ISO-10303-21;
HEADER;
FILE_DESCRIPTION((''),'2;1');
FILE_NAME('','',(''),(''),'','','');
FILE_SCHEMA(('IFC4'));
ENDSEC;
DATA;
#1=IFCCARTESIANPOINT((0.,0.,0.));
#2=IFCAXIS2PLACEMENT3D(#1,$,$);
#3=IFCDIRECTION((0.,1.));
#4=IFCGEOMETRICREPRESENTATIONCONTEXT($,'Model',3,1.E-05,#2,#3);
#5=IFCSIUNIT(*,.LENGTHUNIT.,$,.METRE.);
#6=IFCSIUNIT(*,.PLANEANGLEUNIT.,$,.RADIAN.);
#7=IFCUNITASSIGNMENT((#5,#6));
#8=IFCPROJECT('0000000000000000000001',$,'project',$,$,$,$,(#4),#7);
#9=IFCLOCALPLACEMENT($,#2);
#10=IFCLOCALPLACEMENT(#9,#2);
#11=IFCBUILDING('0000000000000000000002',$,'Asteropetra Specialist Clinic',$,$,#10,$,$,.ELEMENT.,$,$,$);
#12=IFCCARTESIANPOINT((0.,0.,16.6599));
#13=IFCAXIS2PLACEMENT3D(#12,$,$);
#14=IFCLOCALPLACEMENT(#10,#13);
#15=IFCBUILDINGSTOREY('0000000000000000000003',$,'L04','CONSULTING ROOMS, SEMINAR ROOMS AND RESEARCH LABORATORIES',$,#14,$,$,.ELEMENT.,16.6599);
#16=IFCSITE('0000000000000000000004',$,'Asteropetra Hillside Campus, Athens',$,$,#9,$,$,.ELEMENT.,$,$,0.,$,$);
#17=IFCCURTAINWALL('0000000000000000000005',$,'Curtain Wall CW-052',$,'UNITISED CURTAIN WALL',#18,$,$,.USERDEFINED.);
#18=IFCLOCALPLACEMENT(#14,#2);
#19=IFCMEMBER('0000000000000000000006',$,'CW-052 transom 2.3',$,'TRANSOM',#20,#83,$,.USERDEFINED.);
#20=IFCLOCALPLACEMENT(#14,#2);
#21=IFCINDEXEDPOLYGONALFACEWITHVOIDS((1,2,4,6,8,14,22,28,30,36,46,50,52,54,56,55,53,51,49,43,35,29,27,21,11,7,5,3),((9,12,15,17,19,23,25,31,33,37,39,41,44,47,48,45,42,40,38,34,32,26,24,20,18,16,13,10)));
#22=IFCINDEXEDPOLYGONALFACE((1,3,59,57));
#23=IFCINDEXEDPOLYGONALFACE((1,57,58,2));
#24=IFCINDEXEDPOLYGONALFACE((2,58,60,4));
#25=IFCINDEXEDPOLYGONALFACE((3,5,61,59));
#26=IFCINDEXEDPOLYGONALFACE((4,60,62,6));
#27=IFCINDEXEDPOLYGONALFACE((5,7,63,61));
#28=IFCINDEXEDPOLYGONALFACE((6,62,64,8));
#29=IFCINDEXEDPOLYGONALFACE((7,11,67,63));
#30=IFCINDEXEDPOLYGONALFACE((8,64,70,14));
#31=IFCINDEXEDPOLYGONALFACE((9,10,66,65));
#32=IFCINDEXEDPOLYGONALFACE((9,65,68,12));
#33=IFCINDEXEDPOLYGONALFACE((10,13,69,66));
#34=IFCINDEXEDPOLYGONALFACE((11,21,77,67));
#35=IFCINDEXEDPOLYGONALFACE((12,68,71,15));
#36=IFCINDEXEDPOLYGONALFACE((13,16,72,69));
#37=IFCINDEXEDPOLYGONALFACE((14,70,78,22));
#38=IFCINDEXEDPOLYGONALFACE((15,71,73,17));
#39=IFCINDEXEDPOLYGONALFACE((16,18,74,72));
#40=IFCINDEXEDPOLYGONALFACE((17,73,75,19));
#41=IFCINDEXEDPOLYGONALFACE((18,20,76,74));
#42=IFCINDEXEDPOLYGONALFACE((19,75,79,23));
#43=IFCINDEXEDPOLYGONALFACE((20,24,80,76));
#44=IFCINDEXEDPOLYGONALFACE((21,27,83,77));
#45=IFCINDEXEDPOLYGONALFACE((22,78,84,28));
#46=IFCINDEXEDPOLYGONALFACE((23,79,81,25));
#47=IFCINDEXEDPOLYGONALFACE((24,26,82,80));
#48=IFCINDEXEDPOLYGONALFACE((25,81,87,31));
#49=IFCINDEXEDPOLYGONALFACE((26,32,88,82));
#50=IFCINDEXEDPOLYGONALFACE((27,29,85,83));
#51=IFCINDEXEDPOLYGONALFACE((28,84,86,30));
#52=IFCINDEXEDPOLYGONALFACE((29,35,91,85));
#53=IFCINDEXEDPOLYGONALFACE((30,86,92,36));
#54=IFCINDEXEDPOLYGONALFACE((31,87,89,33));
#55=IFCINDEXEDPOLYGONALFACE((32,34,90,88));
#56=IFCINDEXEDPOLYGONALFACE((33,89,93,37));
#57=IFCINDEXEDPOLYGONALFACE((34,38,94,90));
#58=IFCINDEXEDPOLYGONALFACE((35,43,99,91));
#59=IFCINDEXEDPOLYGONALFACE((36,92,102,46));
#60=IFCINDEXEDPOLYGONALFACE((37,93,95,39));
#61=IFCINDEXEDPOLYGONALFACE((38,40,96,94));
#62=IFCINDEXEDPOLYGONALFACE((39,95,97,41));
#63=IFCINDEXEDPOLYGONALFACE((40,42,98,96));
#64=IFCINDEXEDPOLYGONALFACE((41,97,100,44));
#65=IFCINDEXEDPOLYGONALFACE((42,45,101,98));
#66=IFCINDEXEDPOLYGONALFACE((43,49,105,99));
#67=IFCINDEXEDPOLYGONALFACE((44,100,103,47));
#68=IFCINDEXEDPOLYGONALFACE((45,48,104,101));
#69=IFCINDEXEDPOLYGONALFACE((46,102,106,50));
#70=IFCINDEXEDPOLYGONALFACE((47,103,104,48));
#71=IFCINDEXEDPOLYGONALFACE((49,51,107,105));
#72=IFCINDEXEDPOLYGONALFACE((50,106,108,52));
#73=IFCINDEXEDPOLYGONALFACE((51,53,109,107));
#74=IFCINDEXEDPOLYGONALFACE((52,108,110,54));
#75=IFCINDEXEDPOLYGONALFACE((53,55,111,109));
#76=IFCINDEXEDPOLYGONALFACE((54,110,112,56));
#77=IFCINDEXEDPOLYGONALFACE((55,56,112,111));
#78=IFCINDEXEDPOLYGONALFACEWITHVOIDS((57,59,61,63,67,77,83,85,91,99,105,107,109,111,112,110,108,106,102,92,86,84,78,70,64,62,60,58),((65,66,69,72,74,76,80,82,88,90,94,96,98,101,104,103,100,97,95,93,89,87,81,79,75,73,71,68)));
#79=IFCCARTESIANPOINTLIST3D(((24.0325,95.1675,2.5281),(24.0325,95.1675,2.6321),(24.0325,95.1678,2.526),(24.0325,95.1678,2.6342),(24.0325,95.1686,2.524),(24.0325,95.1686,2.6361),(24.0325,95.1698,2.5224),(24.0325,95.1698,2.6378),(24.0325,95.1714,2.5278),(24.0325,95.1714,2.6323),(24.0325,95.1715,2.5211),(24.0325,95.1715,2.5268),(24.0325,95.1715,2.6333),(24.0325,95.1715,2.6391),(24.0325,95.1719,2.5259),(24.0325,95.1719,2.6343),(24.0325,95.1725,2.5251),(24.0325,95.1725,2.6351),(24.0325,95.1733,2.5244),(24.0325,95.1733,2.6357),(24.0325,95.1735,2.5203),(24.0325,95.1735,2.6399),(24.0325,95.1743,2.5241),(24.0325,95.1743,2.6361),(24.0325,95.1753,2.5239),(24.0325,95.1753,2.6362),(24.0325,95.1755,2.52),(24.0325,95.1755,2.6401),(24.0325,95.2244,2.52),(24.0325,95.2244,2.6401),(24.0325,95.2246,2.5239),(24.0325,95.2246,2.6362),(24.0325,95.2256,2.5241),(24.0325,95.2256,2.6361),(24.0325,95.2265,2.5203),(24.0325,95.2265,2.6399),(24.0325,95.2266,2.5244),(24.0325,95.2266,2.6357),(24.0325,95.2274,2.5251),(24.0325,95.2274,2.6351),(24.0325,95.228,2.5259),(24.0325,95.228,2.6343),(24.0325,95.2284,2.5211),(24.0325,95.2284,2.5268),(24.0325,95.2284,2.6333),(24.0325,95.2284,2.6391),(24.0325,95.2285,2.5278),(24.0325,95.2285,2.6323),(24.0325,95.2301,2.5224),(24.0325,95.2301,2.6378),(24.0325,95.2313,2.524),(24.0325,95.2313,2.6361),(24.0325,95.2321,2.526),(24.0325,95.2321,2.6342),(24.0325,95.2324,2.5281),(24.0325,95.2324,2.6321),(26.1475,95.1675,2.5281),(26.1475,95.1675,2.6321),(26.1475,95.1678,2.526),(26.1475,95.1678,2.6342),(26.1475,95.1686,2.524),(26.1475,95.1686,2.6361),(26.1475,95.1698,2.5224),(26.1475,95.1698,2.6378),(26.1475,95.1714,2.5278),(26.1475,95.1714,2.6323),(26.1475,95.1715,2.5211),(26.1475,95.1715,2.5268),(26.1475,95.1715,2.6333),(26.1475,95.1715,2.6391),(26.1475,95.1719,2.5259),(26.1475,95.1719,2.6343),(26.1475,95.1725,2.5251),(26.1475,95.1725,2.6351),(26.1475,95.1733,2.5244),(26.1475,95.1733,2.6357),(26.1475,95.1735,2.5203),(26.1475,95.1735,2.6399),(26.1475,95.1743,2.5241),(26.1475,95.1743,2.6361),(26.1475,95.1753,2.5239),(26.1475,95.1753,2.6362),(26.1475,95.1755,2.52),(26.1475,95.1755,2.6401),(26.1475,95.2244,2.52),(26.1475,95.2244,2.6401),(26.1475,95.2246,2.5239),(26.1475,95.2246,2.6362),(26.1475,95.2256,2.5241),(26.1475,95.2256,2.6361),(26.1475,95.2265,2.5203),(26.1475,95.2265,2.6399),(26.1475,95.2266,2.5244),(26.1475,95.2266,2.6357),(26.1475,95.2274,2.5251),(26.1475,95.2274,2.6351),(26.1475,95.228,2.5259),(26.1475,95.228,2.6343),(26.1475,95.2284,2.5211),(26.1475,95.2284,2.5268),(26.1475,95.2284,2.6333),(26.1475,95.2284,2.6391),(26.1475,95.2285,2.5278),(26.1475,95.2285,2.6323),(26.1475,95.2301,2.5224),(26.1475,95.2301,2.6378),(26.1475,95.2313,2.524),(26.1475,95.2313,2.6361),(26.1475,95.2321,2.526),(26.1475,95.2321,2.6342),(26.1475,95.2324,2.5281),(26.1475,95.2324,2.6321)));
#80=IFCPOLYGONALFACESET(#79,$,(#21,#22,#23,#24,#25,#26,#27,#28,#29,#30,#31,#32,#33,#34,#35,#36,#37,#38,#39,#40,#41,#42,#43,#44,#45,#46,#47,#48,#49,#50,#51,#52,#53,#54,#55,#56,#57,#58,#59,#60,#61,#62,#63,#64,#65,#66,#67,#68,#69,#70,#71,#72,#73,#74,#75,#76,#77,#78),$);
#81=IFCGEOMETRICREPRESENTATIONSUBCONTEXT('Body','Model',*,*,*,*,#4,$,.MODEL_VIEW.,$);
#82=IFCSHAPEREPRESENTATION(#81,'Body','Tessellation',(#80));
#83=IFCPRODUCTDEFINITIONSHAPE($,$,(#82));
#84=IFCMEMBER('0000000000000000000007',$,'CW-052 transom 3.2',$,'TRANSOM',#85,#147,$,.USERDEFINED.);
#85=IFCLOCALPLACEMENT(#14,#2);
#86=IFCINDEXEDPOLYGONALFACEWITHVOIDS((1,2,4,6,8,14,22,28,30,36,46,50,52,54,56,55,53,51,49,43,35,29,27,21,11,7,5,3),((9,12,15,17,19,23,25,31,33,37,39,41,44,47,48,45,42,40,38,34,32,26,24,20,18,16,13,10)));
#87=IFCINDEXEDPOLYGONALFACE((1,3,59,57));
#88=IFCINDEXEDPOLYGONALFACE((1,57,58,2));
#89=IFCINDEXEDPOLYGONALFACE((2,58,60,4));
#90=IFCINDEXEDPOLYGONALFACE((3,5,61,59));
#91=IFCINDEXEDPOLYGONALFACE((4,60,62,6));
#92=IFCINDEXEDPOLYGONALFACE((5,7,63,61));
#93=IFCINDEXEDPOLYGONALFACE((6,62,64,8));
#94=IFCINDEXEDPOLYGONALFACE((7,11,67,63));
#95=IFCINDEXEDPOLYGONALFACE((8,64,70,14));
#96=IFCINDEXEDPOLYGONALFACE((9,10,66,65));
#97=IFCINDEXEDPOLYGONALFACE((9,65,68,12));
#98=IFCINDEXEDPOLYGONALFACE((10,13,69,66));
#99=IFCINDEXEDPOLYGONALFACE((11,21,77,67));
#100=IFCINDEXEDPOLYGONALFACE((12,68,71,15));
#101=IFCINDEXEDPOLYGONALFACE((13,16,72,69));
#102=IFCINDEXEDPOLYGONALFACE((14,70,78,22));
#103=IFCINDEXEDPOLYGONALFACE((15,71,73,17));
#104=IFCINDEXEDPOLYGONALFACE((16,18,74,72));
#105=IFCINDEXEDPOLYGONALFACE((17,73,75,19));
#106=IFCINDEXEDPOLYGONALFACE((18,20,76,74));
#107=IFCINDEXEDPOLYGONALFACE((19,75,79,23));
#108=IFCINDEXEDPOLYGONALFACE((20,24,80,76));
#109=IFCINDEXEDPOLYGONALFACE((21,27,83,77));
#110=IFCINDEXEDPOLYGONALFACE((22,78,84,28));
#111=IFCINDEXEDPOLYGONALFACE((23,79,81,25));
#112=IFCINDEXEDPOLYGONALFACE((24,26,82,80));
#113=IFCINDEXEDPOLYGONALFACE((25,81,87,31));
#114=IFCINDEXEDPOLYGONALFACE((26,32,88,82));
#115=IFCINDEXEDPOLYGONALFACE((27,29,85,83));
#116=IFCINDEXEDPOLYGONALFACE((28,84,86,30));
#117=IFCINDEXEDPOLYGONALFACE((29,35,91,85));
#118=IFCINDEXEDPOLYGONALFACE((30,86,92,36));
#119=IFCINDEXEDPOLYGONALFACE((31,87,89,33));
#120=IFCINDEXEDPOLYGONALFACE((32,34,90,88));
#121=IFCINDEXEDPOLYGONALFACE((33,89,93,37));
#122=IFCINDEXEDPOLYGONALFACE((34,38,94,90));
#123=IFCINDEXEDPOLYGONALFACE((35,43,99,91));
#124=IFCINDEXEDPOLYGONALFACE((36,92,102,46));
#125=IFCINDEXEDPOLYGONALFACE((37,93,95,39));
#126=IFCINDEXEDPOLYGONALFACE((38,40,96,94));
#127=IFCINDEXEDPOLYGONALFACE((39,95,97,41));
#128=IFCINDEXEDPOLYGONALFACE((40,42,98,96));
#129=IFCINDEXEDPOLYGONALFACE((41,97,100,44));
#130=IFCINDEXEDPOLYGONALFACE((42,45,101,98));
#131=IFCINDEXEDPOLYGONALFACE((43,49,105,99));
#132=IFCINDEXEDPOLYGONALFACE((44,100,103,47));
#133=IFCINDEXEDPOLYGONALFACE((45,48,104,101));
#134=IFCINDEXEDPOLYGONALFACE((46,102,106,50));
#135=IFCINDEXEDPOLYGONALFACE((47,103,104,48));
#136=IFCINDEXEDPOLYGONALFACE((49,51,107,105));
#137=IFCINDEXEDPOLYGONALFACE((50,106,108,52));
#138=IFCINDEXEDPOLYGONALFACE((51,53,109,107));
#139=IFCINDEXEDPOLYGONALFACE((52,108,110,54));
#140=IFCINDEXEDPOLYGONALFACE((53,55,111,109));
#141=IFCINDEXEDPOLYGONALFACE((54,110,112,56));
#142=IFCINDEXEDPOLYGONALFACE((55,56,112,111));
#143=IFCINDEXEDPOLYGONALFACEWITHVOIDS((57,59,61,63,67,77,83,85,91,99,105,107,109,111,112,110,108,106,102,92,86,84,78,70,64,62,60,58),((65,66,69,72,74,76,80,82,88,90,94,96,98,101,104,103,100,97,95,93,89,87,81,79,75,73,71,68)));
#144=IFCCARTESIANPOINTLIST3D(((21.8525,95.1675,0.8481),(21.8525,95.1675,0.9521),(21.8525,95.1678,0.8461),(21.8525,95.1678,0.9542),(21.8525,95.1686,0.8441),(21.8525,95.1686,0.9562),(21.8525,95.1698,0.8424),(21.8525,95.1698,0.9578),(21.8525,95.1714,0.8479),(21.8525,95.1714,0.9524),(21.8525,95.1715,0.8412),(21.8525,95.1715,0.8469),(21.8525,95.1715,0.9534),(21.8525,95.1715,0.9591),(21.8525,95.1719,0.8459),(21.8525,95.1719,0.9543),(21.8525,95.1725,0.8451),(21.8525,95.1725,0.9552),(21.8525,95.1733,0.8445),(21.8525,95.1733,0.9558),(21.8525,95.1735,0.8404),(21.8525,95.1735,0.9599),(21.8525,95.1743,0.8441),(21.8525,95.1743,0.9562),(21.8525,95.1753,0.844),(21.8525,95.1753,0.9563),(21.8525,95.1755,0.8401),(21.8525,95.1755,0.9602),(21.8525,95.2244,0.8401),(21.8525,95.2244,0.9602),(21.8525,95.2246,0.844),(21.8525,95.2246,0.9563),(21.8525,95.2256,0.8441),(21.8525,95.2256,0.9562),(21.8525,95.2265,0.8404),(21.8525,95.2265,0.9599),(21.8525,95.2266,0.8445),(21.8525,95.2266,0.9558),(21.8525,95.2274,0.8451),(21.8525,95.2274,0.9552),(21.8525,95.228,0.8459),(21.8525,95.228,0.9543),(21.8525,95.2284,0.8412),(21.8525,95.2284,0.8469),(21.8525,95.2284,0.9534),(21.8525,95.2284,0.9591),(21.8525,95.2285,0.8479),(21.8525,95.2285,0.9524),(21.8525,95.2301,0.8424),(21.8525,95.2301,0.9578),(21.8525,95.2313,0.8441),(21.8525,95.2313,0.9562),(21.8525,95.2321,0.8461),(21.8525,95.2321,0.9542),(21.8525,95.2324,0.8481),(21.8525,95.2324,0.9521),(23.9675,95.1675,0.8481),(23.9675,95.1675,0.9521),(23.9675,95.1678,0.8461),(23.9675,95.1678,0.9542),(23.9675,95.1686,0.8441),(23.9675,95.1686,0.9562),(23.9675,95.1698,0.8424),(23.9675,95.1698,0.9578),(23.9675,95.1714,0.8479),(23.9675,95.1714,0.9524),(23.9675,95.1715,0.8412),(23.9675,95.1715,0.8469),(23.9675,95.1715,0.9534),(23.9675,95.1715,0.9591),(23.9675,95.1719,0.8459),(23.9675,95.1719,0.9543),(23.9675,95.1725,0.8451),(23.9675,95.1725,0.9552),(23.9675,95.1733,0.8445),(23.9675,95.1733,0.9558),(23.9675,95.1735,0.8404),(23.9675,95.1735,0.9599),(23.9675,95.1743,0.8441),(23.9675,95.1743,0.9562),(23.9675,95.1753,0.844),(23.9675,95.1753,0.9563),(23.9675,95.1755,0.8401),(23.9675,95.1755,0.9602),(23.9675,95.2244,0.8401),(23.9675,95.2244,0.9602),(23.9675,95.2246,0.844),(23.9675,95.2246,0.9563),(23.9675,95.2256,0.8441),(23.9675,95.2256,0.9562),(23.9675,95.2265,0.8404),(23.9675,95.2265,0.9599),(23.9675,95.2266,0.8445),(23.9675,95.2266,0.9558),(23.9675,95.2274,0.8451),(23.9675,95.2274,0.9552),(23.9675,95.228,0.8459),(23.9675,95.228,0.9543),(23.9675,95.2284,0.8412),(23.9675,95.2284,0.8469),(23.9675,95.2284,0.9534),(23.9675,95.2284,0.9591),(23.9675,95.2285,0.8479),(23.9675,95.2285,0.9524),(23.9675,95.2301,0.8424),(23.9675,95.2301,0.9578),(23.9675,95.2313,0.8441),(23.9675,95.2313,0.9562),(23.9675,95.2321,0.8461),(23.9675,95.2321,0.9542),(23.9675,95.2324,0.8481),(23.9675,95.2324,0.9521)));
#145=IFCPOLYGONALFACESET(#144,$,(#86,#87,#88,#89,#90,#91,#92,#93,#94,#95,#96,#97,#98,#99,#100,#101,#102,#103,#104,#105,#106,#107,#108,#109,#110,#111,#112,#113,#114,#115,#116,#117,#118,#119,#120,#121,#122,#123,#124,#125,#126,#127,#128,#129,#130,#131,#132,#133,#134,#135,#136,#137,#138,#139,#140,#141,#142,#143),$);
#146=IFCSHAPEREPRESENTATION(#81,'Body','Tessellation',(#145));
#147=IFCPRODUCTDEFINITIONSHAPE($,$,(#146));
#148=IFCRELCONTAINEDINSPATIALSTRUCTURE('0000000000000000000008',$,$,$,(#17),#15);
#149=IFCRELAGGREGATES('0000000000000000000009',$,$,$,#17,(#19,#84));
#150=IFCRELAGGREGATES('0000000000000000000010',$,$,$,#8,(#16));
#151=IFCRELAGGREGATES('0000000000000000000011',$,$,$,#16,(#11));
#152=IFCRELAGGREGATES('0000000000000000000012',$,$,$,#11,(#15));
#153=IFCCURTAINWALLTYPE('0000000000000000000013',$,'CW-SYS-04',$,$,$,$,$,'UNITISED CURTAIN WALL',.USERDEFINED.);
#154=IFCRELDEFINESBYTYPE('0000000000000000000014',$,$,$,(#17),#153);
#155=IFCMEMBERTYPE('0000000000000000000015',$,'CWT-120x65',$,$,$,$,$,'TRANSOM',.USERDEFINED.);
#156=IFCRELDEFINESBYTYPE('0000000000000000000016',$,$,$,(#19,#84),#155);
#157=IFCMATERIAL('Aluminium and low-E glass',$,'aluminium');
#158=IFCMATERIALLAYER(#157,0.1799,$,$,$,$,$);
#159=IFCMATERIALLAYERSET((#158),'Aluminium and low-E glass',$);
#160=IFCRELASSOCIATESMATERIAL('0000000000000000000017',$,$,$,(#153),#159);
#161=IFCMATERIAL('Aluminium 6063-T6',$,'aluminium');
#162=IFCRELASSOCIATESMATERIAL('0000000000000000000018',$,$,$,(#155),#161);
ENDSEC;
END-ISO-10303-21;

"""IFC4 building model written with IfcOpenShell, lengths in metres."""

from ifc_helpers import new_model, si_unit, direction, frame, origin, origin_2d, place, context, subcontext, project, spatial, hollow_rectangle, extrude, material, layer, layer_set, material_profile, profile_set, type_object, element, aggregate, save


model = new_model("IFC4")

# Units and contexts
model_context = context("Model", 3, precision=1e-05, world=origin(), true_north=direction((0.0, 1.0)))
body_context = subcontext(model_context, "Body", "Model", "MODEL_VIEW")
ifc_project = project(units=[si_unit("LENGTHUNIT", "METRE"), si_unit("PLANEANGLEUNIT", "RADIAN")], contexts=[model_context])

# Site, building, storey
site_placement = place(None, origin())
site = spatial("IfcSite", under=ifc_project, at=site_placement, Name="Asteropetra Hillside Campus, Athens", CompositionType="ELEMENT", RefElevation=0.0)
building_placement = place(site_placement, origin())
building = spatial("IfcBuilding", under=site, at=building_placement, Name="Asteropetra Specialist Clinic", CompositionType="ELEMENT")
storey_placement = place(building_placement, frame((0.0, 0.0, 16.6599)))
storey = spatial("IfcBuildingStorey", under=building, at=storey_placement, Name="L04", Description="CONSULTING ROOMS, SEMINAR ROOMS AND RESEARCH LABORATORIES", CompositionType="ELEMENT", Elevation=16.6599)

# Curtain wall, members
ifc_material_1 = material(Name="Aluminium and low-E glass", Category="aluminium")
ifc_layer_1 = layer(ifc_material_1, 0.1799)
ifc_layer_set_1 = layer_set([ifc_layer_1], Name="Aluminium and low-E glass")
curtain_wall_type = type_object("IfcCurtainWallType", Name="CW-SYS-04", ElementType="UNITISED CURTAIN WALL", PredefinedType="USERDEFINED", material=ifc_layer_set_1)
curtain_wall_placement = place(storey_placement, origin())
curtain_wall = element("IfcCurtainWall", 1, at=curtain_wall_placement, inside=storey, type_object=curtain_wall_type, Name="Curtain Wall CW-052", ObjectType="UNITISED CURTAIN WALL", PredefinedType="USERDEFINED")
ifc_material_2 = material(Name="Aluminium 6063-T6", Category="aluminium")
ifc_material_profile_1 = material_profile(ifc_material_2, hollow_rectangle(XDim=0.0649, YDim=0.1201, WallThickness=0.0039, InnerFilletRadius=0.0039, OuterFilletRadius=0.0081, at=origin_2d()), Name="TRN 120x65x4.0")
ifc_profile_set_1 = profile_set([ifc_material_profile_1], Name="Aluminium 6063-T6")
member_type_1 = type_object("IfcMemberType", Name="CWT-120x65", ElementType="TRANSOM", PredefinedType="USERDEFINED", material=ifc_profile_set_1)
member_1_placement = place(storey_placement, frame((26.1475, 95.2, 2.5801), z_axis=(-1.0, 0.0, 0.0), x_axis=(0.0, -1.0, 0.0)))
member_1 = element("IfcMember", 2, at=member_1_placement, type_object=member_type_1, Name="CW-052 transom 2.3", ObjectType="TRANSOM", PredefinedType="USERDEFINED", context=body_context, shape_type="SweptSolid", body=[
    extrude(hollow_rectangle(XDim=0.0649, YDim=0.1201, WallThickness=0.0039, InnerFilletRadius=0.0039, OuterFilletRadius=0.0081, at=origin_2d()), origin(), (0.0, 0.0, 1.0), 2.115),
])
member_2_placement = place(storey_placement, frame((23.9675, 95.2, 0.9001), z_axis=(-1.0, 0.0, 0.0), x_axis=(0.0, -1.0, 0.0)))
member_2 = element("IfcMember", 3, at=member_2_placement, type_object=member_type_1, Name="CW-052 transom 3.2", ObjectType="TRANSOM", PredefinedType="USERDEFINED", context=body_context, shape_type="SweptSolid", body=[
    extrude(hollow_rectangle(XDim=0.0649, YDim=0.1201, WallThickness=0.0039, InnerFilletRadius=0.0039, OuterFilletRadius=0.0081, at=origin_2d()), origin(), (0.0, 0.0, 1.0), 2.115),
])

aggregate(curtain_wall, [member_1, member_2])

save(model, "model.ifc")
